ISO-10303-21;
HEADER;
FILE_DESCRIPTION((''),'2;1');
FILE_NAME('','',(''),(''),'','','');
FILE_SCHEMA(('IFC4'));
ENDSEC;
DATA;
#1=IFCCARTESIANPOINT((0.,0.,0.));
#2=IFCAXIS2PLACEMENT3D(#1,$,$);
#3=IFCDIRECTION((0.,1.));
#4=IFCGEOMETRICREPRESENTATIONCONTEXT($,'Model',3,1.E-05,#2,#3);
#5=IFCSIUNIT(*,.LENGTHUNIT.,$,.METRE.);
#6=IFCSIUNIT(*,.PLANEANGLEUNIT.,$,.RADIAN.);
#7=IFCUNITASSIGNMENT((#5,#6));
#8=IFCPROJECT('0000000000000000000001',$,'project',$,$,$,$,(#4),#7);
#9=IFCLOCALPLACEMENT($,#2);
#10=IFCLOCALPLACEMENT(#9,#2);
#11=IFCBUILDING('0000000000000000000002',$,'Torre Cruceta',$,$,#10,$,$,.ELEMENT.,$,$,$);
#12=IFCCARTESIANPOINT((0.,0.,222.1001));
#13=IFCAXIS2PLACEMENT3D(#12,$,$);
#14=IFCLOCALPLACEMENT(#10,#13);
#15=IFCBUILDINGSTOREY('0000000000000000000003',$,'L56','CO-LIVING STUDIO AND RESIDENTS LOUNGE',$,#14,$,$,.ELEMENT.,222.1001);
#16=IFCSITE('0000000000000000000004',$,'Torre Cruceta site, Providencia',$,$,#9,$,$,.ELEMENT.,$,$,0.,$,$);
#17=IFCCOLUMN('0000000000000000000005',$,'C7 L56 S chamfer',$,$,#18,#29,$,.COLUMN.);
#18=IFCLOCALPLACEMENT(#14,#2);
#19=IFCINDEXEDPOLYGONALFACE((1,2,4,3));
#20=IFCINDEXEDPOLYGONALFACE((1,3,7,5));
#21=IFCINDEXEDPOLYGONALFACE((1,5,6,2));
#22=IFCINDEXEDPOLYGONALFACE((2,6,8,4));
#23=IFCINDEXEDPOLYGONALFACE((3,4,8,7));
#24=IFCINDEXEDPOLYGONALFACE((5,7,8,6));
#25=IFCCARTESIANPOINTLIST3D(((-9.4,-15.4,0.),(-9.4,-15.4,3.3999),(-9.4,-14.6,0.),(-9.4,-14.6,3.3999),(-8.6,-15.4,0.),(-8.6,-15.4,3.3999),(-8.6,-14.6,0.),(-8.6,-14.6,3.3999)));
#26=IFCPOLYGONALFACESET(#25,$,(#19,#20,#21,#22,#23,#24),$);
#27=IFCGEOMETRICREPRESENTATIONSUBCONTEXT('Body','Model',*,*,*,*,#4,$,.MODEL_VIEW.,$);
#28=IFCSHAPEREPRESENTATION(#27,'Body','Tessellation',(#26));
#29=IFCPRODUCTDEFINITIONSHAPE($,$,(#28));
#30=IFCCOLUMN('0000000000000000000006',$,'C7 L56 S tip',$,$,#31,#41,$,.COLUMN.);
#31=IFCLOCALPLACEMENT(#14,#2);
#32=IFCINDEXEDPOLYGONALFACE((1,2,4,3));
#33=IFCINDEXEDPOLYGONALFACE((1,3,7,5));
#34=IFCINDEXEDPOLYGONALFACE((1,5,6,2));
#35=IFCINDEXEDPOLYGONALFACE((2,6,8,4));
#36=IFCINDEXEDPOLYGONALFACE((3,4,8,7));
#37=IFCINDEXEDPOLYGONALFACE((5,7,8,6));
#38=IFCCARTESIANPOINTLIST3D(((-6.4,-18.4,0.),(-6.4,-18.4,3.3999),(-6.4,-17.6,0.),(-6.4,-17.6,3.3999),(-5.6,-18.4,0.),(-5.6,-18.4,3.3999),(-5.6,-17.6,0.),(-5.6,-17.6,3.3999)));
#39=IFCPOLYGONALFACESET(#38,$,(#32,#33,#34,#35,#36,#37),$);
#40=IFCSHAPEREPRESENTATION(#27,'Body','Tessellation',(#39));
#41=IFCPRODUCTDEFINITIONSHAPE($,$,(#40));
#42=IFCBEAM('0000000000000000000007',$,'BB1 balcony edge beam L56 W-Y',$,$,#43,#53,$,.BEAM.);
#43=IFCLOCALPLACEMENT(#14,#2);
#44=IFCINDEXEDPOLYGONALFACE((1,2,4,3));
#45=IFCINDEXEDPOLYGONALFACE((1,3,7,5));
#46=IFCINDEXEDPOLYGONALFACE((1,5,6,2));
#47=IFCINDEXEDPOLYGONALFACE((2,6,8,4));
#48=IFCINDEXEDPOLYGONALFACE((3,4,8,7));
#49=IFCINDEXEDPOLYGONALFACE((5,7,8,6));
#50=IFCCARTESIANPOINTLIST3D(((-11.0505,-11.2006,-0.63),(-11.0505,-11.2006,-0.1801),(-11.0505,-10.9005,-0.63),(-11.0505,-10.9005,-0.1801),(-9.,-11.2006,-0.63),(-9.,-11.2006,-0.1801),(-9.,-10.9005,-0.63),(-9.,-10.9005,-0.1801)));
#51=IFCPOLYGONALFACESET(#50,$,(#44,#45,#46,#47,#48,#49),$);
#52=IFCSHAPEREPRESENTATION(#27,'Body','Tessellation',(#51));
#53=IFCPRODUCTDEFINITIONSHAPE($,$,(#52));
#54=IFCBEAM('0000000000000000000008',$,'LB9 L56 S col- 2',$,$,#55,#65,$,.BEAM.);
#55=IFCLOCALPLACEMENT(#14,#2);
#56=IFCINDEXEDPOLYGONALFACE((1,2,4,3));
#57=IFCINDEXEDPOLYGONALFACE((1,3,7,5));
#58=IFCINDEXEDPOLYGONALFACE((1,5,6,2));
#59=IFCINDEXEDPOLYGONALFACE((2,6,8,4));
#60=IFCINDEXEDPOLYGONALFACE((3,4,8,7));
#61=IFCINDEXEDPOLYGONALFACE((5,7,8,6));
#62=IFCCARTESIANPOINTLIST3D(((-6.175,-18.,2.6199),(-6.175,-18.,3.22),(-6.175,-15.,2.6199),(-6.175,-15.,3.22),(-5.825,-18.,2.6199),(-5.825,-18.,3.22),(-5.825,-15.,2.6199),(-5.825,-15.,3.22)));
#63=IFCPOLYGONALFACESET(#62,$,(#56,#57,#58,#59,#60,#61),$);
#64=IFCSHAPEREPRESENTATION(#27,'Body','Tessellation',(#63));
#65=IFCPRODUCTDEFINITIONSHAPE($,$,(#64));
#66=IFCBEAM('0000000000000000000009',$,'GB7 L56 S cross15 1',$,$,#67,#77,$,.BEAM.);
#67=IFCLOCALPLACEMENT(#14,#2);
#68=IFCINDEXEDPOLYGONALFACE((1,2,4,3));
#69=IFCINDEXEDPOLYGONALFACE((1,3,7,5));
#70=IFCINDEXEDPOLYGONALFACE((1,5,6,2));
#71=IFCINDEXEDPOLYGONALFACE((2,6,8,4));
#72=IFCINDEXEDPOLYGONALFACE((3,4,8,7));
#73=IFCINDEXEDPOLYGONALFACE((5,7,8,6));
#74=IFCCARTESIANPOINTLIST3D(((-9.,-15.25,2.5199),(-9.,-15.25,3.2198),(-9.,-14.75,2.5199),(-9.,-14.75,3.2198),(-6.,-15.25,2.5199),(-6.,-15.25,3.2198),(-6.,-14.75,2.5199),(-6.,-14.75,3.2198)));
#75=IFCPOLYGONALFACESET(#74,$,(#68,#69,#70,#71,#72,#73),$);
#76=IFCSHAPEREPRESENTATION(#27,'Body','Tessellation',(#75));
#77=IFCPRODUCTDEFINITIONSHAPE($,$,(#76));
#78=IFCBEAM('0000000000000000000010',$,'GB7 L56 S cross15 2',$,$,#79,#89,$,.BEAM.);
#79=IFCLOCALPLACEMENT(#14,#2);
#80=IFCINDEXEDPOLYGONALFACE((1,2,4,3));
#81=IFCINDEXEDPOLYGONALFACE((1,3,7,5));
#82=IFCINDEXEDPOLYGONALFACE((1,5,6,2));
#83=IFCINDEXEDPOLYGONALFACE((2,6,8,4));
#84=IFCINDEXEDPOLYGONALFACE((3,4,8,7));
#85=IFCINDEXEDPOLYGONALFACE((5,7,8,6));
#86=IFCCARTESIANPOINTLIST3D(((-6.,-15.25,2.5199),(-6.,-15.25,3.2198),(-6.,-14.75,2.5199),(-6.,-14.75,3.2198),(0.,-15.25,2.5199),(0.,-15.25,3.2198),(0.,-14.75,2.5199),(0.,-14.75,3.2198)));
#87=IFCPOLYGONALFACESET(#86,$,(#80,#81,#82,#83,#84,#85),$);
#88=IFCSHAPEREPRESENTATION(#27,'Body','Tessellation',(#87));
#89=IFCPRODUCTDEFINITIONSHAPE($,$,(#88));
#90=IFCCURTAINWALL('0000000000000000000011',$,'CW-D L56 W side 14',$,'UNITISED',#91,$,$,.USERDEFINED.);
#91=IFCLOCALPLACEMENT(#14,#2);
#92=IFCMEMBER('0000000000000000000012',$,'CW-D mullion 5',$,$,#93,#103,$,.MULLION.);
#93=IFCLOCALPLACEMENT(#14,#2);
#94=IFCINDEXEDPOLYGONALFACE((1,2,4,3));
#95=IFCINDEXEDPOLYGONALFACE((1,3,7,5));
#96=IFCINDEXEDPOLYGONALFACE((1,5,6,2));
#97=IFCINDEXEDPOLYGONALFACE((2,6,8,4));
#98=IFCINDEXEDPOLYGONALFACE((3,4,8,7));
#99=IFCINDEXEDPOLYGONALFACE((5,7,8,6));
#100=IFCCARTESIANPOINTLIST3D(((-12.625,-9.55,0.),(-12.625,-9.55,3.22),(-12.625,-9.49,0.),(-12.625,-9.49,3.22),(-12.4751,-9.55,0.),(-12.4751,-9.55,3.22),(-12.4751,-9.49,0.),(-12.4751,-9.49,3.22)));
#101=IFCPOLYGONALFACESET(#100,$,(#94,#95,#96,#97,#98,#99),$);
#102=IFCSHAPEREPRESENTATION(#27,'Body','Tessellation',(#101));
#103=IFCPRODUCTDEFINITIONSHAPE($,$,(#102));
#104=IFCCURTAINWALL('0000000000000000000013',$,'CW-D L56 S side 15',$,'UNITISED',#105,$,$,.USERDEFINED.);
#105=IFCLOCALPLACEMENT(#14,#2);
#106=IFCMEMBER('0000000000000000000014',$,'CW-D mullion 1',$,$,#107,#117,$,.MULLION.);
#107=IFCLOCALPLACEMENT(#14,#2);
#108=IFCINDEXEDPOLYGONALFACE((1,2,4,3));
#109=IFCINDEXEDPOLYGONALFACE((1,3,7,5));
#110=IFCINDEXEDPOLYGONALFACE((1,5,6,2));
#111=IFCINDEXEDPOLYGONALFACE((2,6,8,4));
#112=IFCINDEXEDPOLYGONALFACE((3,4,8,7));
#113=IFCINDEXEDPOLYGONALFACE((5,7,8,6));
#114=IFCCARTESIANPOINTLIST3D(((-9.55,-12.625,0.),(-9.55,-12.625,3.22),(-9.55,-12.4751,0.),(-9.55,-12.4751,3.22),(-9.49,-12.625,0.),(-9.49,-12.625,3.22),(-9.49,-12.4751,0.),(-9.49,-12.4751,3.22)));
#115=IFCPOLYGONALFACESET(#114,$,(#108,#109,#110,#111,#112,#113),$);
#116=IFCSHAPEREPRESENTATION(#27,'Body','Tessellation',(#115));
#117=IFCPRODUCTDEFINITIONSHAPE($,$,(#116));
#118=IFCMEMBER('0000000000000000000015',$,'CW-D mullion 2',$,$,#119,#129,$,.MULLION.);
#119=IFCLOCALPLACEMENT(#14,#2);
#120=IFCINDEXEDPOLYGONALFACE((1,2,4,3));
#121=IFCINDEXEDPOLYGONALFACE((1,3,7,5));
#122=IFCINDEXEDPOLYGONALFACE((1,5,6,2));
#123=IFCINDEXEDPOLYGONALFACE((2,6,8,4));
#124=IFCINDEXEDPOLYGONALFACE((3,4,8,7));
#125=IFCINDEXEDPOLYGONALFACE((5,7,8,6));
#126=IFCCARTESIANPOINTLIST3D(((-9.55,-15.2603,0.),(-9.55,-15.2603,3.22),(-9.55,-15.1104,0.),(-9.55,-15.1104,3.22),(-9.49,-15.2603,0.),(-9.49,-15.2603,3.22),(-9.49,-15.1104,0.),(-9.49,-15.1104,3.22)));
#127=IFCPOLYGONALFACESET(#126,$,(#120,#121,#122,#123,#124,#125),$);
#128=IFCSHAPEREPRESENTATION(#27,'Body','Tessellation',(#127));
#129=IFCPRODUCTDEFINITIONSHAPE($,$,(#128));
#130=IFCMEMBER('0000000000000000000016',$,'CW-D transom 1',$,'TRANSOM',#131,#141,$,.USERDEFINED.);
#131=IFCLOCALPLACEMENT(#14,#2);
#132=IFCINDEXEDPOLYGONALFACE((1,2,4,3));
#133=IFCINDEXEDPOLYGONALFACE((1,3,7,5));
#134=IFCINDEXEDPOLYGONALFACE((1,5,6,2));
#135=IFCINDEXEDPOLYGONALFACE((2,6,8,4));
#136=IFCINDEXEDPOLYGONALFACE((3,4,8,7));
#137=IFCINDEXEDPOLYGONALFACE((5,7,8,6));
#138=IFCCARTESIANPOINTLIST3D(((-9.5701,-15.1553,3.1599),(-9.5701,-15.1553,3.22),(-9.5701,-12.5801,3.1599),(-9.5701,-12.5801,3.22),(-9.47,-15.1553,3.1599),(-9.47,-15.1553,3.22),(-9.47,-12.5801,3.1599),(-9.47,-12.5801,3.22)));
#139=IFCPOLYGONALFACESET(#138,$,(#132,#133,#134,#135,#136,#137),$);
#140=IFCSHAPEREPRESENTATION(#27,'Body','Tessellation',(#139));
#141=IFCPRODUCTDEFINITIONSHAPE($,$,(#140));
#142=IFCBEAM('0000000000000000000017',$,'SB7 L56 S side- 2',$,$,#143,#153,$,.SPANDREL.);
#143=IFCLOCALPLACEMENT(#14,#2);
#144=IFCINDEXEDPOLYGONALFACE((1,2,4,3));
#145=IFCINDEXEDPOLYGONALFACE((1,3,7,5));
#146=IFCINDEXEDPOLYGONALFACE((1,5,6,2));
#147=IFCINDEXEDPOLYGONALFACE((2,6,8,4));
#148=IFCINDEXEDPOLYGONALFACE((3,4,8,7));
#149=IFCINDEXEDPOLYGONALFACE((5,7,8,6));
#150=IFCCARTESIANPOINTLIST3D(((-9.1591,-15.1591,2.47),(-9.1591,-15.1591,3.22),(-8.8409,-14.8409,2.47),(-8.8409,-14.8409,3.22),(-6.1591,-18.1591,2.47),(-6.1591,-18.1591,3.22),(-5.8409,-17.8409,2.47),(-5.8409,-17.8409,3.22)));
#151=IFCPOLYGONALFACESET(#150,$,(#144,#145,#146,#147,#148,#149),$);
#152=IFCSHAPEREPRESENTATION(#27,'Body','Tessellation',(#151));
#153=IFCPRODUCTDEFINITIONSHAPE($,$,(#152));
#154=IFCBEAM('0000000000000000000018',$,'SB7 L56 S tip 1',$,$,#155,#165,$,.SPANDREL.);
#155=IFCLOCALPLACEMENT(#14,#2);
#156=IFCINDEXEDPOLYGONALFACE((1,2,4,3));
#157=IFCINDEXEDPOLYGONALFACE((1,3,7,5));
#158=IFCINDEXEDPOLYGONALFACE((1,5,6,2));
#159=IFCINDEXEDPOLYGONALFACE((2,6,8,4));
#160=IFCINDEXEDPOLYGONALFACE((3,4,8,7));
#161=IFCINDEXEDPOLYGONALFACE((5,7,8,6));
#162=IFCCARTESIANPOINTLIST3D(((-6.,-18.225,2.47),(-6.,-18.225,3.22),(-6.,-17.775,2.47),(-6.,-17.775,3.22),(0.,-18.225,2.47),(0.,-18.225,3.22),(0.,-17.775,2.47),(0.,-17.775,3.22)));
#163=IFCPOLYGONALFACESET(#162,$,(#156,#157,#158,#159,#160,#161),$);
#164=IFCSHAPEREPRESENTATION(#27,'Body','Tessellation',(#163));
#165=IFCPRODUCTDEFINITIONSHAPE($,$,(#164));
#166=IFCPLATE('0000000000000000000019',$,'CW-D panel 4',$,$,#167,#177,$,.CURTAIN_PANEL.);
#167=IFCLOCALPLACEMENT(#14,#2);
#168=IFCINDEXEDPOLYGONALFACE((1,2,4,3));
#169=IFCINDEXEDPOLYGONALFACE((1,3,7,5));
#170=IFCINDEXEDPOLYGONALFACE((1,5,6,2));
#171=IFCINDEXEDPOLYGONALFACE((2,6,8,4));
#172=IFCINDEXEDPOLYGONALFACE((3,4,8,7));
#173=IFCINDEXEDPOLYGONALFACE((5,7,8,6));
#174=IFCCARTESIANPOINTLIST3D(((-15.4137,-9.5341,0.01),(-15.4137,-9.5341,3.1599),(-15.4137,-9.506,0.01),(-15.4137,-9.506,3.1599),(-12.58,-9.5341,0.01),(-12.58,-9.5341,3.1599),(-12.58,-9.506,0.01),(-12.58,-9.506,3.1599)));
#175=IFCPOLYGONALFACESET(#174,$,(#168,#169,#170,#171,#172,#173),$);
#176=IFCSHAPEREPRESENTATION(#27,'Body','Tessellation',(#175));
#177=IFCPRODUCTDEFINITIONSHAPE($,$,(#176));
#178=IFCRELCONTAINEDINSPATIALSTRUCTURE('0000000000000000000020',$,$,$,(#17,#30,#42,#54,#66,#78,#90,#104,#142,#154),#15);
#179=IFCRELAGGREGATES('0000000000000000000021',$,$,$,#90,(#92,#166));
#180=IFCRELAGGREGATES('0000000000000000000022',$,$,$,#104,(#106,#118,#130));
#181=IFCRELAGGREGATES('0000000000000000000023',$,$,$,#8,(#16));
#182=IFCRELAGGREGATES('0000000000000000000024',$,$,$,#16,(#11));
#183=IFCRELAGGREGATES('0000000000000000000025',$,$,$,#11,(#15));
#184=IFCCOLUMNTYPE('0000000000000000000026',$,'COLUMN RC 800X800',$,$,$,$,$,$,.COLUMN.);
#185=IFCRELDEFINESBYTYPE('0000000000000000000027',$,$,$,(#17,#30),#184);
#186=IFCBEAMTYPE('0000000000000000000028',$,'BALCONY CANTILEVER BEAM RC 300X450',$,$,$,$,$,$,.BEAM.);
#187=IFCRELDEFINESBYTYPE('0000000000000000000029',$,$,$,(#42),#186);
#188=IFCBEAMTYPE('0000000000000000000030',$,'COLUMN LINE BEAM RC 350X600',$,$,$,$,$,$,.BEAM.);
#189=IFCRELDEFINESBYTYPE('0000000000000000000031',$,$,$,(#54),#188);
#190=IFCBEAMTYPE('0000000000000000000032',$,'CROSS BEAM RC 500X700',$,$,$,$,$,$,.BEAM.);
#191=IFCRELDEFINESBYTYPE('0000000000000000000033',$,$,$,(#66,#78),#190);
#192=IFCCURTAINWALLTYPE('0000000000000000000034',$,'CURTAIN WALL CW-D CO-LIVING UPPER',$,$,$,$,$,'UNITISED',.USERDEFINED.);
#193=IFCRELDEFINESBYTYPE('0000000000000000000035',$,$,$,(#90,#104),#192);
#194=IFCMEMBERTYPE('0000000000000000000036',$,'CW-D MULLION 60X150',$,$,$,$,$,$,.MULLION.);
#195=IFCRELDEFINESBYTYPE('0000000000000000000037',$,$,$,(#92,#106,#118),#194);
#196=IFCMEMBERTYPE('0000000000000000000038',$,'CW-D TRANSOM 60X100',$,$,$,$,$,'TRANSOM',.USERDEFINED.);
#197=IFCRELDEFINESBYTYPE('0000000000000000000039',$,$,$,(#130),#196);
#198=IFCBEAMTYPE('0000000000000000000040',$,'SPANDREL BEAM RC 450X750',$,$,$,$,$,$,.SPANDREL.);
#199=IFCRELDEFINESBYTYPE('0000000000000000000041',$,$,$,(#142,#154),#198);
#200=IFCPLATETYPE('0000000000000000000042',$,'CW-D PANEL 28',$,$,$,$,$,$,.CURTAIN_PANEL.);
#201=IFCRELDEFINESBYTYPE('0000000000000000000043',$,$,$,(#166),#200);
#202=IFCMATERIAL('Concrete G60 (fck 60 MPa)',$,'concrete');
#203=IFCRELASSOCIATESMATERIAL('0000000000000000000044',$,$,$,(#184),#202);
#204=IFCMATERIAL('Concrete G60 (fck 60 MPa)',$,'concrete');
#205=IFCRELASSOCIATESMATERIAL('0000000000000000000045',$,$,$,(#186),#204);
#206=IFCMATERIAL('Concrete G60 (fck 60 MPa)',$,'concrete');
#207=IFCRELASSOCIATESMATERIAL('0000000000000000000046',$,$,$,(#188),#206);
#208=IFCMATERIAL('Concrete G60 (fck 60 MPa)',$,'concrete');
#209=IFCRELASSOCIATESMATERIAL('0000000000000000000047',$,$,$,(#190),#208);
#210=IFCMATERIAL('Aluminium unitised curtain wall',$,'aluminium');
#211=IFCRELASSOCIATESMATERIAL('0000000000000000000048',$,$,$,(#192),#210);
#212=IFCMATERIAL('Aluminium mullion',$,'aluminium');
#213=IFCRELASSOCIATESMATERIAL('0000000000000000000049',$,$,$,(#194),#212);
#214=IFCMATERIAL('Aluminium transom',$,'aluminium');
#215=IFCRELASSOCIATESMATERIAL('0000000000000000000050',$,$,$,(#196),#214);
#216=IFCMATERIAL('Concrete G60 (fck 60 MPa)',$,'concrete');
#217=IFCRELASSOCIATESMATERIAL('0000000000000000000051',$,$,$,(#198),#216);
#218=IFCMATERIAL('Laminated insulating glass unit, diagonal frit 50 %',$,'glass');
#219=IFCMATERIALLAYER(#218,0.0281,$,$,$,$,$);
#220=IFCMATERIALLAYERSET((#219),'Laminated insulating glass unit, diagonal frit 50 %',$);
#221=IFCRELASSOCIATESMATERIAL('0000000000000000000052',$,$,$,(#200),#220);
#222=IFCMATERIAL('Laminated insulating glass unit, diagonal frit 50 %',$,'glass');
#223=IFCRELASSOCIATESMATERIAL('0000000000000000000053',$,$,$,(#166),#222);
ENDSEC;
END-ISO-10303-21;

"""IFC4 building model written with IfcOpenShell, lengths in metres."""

from ifc_helpers import new_model, si_unit, direction, frame, origin, origin_2d, place, context, subcontext, project, spatial, rectangle, extrude, material, layer, layer_set, material_profile, profile_set, type_object, element, aggregate, save


model = new_model("IFC4")

# Units and contexts
model_context = context("Model", 3, precision=1e-05, world=origin(), true_north=direction((0.0, 1.0)))
body_context = subcontext(model_context, "Body", "Model", "MODEL_VIEW")
ifc_project = project(units=[si_unit("LENGTHUNIT", "METRE"), si_unit("PLANEANGLEUNIT", "RADIAN")], contexts=[model_context])

# Site, building, storey
site_placement = place(None, origin())
site = spatial("IfcSite", under=ifc_project, at=site_placement, Name="Torre Cruceta site, Providencia", CompositionType="ELEMENT", RefElevation=0.0)
building_placement = place(site_placement, origin())
building = spatial("IfcBuilding", under=site, at=building_placement, Name="Torre Cruceta", CompositionType="ELEMENT")
storey_placement = place(building_placement, frame((0.0, 0.0, 222.1001)))
storey = spatial("IfcBuildingStorey", under=building, at=storey_placement, Name="L56", Description="CO-LIVING STUDIO AND RESIDENTS LOUNGE", CompositionType="ELEMENT", Elevation=222.1001)

# Columns
ifc_material_1 = material(Name="Concrete G60 (fck 60 MPa)", Category="concrete")
ifc_material_profile_1 = material_profile(ifc_material_1, rectangle(XDim=0.8, YDim=0.8, at=origin_2d()), Name="RC 800X800")
ifc_profile_set_1 = profile_set([ifc_material_profile_1], Name="Concrete G60 (fck 60 MPa)")
column_type = type_object("IfcColumnType", Name="COLUMN RC 800X800", PredefinedType="COLUMN", material=ifc_profile_set_1)
for number, where, z_axis, x_axis, name in (
    (1, (-9.0, -15.0, 0.0), (0.0, 0.0, 1.0), (1.0, 0.0, 0.0), "C7 L56 S chamfer"),
    (2, (-6.0, -18.0, 0.0), (0.0, 0.0, 1.0), (1.0, 0.0, 0.0), "C7 L56 S tip"),
):
    element("IfcColumn", number, at=place(storey_placement, frame(where, z_axis=z_axis, x_axis=x_axis)), inside=storey, type_object=column_type, Name=name, PredefinedType="COLUMN", context=body_context, shape_type="SweptSolid", body=[
        extrude(rectangle(XDim=0.8, YDim=0.8, at=origin_2d()), origin(), (0.0, 0.0, 1.0), 3.3999),
    ])

# Beams
ifc_material_2 = material(Name="Concrete G60 (fck 60 MPa)", Category="concrete")
ifc_material_profile_2 = material_profile(ifc_material_2, rectangle(XDim=0.3, YDim=0.45, at=origin_2d()), Name="RC 300X450")
ifc_profile_set_2 = profile_set([ifc_material_profile_2], Name="Concrete G60 (fck 60 MPa)")
beam_type_1 = type_object("IfcBeamType", Name="BALCONY CANTILEVER BEAM RC 300X450", PredefinedType="BEAM", material=ifc_profile_set_2)
beam_1_placement = place(storey_placement, frame((-9.0, -11.0505, -0.405), z_axis=(-1.0, 0.0, 0.0), x_axis=(0.0, -1.0, 0.0)))
element("IfcBeam", 3, at=beam_1_placement, inside=storey, type_object=beam_type_1, Name="BB1 balcony edge beam L56 W-Y", PredefinedType="BEAM", context=body_context, shape_type="SweptSolid", body=[
    extrude(rectangle(XDim=0.3, YDim=0.45, at=origin_2d()), origin(), (0.0, 0.0, 1.0), 2.0505),
])
ifc_material_3 = material(Name="Concrete G60 (fck 60 MPa)", Category="concrete")
ifc_material_profile_3 = material_profile(ifc_material_3, rectangle(XDim=0.3501, YDim=0.6001, at=origin_2d()), Name="RC 350X600")
ifc_profile_set_3 = profile_set([ifc_material_profile_3], Name="Concrete G60 (fck 60 MPa)")
beam_type_2 = type_object("IfcBeamType", Name="COLUMN LINE BEAM RC 350X600", PredefinedType="BEAM", material=ifc_profile_set_3)
beam_2_placement = place(storey_placement, frame((-6.0, -15.0, 2.9199), z_axis=(0.0, -1.0, 0.0), x_axis=(1.0, 0.0, 0.0)))
element("IfcBeam", 4, at=beam_2_placement, inside=storey, type_object=beam_type_2, Name="LB9 L56 S col- 2", PredefinedType="BEAM", context=body_context, shape_type="SweptSolid", body=[
    extrude(rectangle(XDim=0.3501, YDim=0.6001, at=origin_2d()), origin(), (0.0, 0.0, 1.0), 3.0),
])
ifc_material_4 = material(Name="Concrete G60 (fck 60 MPa)", Category="concrete")
ifc_material_profile_4 = material_profile(ifc_material_4, rectangle(XDim=0.5, YDim=0.7, at=origin_2d()), Name="RC 500X700")
ifc_profile_set_4 = profile_set([ifc_material_profile_4], Name="Concrete G60 (fck 60 MPa)")
beam_type_3 = type_object("IfcBeamType", Name="CROSS BEAM RC 500X700", PredefinedType="BEAM", material=ifc_profile_set_4)
beam_3_placement = place(storey_placement, frame((-9.0, -15.0, 2.8699), z_axis=(1.0, 0.0, 0.0), x_axis=(0.0, 1.0, 0.0)))
element("IfcBeam", 5, at=beam_3_placement, inside=storey, type_object=beam_type_3, Name="GB7 L56 S cross15 1", PredefinedType="BEAM", context=body_context, shape_type="SweptSolid", body=[
    extrude(rectangle(XDim=0.5, YDim=0.7, at=origin_2d()), origin(), (0.0, 0.0, 1.0), 3.0),
])
beam_4_placement = place(storey_placement, frame((-6.0, -15.0, 2.8699), z_axis=(1.0, 0.0, 0.0), x_axis=(0.0, 1.0, 0.0)))
element("IfcBeam", 6, at=beam_4_placement, inside=storey, type_object=beam_type_3, Name="GB7 L56 S cross15 2", PredefinedType="BEAM", context=body_context, shape_type="SweptSolid", body=[
    extrude(rectangle(XDim=0.5, YDim=0.7, at=origin_2d()), origin(), (0.0, 0.0, 1.0), 6.0),
])

# Curtain wall, member
ifc_material_5 = material(Name="Aluminium unitised curtain wall", Category="aluminium")
curtain_wall_type = type_object("IfcCurtainWallType", Name="CURTAIN WALL CW-D CO-LIVING UPPER", ElementType="UNITISED", PredefinedType="USERDEFINED", material=ifc_material_5)
curtain_wall_1_placement = place(storey_placement, origin())
curtain_wall_1 = element("IfcCurtainWall", 7, at=curtain_wall_1_placement, inside=storey, type_object=curtain_wall_type, Name="CW-D L56 W side 14", ObjectType="UNITISED", PredefinedType="USERDEFINED")
ifc_material_6 = material(Name="Aluminium mullion", Category="aluminium")
ifc_material_profile_5 = material_profile(ifc_material_6, rectangle(XDim=0.0601, YDim=0.1499, at=origin_2d()), Name="AL 60X150")
ifc_profile_set_5 = profile_set([ifc_material_profile_5], Name="Aluminium mullion")
member_type_1 = type_object("IfcMemberType", Name="CW-D MULLION 60X150", PredefinedType="MULLION", material=ifc_profile_set_5)
member_1_placement = place(storey_placement, frame((-12.55, -9.52, 0.0), z_axis=(0.0, 0.0, 1.0), x_axis=(0.0, 1.0, 0.0)))
member_1 = element("IfcMember", 8, at=member_1_placement, type_object=member_type_1, Name="CW-D mullion 5", PredefinedType="MULLION", context=body_context, shape_type="SweptSolid", body=[
    extrude(rectangle(XDim=0.0601, YDim=0.1499, at=origin_2d()), origin(), (0.0, 0.0, 1.0), 3.22),
])

# Curtain wall, members
curtain_wall_2_placement = place(storey_placement, origin())
curtain_wall_2 = element("IfcCurtainWall", 9, at=curtain_wall_2_placement, inside=storey, type_object=curtain_wall_type, Name="CW-D L56 S side 15", ObjectType="UNITISED", PredefinedType="USERDEFINED")
member_2_placement = place(storey_placement, frame((-9.52, -12.55, 0.0), z_axis=(0.0, 0.0, 1.0), x_axis=(1.0, 0.0, 0.0)))
member_2 = element("IfcMember", 10, at=member_2_placement, type_object=member_type_1, Name="CW-D mullion 1", PredefinedType="MULLION", context=body_context, shape_type="SweptSolid", body=[
    extrude(rectangle(XDim=0.0601, YDim=0.1499, at=origin_2d()), origin(), (0.0, 0.0, 1.0), 3.22),
])
member_3_placement = place(storey_placement, frame((-9.52, -15.1853, 0.0), z_axis=(0.0, 0.0, 1.0), x_axis=(1.0, 0.0, 0.0)))
member_3 = element("IfcMember", 11, at=member_3_placement, type_object=member_type_1, Name="CW-D mullion 2", PredefinedType="MULLION", context=body_context, shape_type="SweptSolid", body=[
    extrude(rectangle(XDim=0.0601, YDim=0.1499, at=origin_2d()), origin(), (0.0, 0.0, 1.0), 3.22),
])
ifc_material_7 = material(Name="Aluminium transom", Category="aluminium")
ifc_material_profile_6 = material_profile(ifc_material_7, rectangle(XDim=0.1001, YDim=0.0601, at=origin_2d()), Name="AL 100X60")
ifc_profile_set_6 = profile_set([ifc_material_profile_6], Name="Aluminium transom")
member_type_2 = type_object("IfcMemberType", Name="CW-D TRANSOM 60X100", ElementType="TRANSOM", PredefinedType="USERDEFINED", material=ifc_profile_set_6)
member_4_placement = place(storey_placement, frame((-9.52, -12.5801, 3.1899), z_axis=(0.0, -1.0, 0.0), x_axis=(1.0, 0.0, 0.0)))
member_4 = element("IfcMember", 12, at=member_4_placement, type_object=member_type_2, Name="CW-D transom 1", ObjectType="TRANSOM", PredefinedType="USERDEFINED", context=body_context, shape_type="SweptSolid", body=[
    extrude(rectangle(XDim=0.1001, YDim=0.0601, at=origin_2d()), origin(), (0.0, 0.0, 1.0), 2.5752),
])

# Beams
ifc_material_8 = material(Name="Concrete G60 (fck 60 MPa)", Category="concrete")
ifc_material_profile_7 = material_profile(ifc_material_8, rectangle(XDim=0.45, YDim=0.75, at=origin_2d()), Name="RC 450X750")
ifc_profile_set_7 = profile_set([ifc_material_profile_7], Name="Concrete G60 (fck 60 MPa)")
beam_type_4 = type_object("IfcBeamType", Name="SPANDREL BEAM RC 450X750", PredefinedType="SPANDREL", material=ifc_profile_set_7)
beam_5_placement = place(storey_placement, frame((-9.0, -15.0, 2.845), z_axis=(0.707107, -0.707107, 0.0), x_axis=(0.707107, 0.707107, 0.0)))
element("IfcBeam", 13, at=beam_5_placement, inside=storey, type_object=beam_type_4, Name="SB7 L56 S side- 2", PredefinedType="SPANDREL", context=body_context, shape_type="SweptSolid", body=[
    extrude(rectangle(XDim=0.45, YDim=0.75, at=origin_2d()), origin(), (0.0, 0.0, 1.0), 4.2427),
])
beam_6_placement = place(storey_placement, frame((-6.0, -18.0, 2.845), z_axis=(1.0, 0.0, 0.0), x_axis=(0.0, 1.0, 0.0)))
element("IfcBeam", 14, at=beam_6_placement, inside=storey, type_object=beam_type_4, Name="SB7 L56 S tip 1", PredefinedType="SPANDREL", context=body_context, shape_type="SweptSolid", body=[
    extrude(rectangle(XDim=0.45, YDim=0.75, at=origin_2d()), origin(), (0.0, 0.0, 1.0), 6.0),
])

# Plate
ifc_material_9 = material(Name="Laminated insulating glass unit, diagonal frit 50 %", Category="glass")
ifc_material_10 = material(Name="Laminated insulating glass unit, diagonal frit 50 %", Category="glass")
ifc_layer_1 = layer(ifc_material_10, 0.0281)
ifc_layer_set_1 = layer_set([ifc_layer_1], Name="Laminated insulating glass unit, diagonal frit 50 %")
plate_type = type_object("IfcPlateType", Name="CW-D PANEL 28", PredefinedType="CURTAIN_PANEL", material=ifc_layer_set_1)
plate_1_placement = place(storey_placement, frame((-13.9968, -9.52, 0.01), z_axis=(0.0, 0.0, 1.0), x_axis=(1.0, 0.0, 0.0)))
plate_1 = element("IfcPlate", 15, at=plate_1_placement, type_object=plate_type, material=ifc_material_9, Name="CW-D panel 4", PredefinedType="CURTAIN_PANEL", context=body_context, shape_type="SweptSolid", body=[
    extrude(rectangle(XDim=2.8337, YDim=0.0281, at=origin_2d()), origin(), (0.0, 0.0, 1.0), 3.1499),
])
aggregate(curtain_wall_1, [member_1, plate_1])
aggregate(curtain_wall_2, [member_2, member_3, member_4])

save(model, "model.ifc")
